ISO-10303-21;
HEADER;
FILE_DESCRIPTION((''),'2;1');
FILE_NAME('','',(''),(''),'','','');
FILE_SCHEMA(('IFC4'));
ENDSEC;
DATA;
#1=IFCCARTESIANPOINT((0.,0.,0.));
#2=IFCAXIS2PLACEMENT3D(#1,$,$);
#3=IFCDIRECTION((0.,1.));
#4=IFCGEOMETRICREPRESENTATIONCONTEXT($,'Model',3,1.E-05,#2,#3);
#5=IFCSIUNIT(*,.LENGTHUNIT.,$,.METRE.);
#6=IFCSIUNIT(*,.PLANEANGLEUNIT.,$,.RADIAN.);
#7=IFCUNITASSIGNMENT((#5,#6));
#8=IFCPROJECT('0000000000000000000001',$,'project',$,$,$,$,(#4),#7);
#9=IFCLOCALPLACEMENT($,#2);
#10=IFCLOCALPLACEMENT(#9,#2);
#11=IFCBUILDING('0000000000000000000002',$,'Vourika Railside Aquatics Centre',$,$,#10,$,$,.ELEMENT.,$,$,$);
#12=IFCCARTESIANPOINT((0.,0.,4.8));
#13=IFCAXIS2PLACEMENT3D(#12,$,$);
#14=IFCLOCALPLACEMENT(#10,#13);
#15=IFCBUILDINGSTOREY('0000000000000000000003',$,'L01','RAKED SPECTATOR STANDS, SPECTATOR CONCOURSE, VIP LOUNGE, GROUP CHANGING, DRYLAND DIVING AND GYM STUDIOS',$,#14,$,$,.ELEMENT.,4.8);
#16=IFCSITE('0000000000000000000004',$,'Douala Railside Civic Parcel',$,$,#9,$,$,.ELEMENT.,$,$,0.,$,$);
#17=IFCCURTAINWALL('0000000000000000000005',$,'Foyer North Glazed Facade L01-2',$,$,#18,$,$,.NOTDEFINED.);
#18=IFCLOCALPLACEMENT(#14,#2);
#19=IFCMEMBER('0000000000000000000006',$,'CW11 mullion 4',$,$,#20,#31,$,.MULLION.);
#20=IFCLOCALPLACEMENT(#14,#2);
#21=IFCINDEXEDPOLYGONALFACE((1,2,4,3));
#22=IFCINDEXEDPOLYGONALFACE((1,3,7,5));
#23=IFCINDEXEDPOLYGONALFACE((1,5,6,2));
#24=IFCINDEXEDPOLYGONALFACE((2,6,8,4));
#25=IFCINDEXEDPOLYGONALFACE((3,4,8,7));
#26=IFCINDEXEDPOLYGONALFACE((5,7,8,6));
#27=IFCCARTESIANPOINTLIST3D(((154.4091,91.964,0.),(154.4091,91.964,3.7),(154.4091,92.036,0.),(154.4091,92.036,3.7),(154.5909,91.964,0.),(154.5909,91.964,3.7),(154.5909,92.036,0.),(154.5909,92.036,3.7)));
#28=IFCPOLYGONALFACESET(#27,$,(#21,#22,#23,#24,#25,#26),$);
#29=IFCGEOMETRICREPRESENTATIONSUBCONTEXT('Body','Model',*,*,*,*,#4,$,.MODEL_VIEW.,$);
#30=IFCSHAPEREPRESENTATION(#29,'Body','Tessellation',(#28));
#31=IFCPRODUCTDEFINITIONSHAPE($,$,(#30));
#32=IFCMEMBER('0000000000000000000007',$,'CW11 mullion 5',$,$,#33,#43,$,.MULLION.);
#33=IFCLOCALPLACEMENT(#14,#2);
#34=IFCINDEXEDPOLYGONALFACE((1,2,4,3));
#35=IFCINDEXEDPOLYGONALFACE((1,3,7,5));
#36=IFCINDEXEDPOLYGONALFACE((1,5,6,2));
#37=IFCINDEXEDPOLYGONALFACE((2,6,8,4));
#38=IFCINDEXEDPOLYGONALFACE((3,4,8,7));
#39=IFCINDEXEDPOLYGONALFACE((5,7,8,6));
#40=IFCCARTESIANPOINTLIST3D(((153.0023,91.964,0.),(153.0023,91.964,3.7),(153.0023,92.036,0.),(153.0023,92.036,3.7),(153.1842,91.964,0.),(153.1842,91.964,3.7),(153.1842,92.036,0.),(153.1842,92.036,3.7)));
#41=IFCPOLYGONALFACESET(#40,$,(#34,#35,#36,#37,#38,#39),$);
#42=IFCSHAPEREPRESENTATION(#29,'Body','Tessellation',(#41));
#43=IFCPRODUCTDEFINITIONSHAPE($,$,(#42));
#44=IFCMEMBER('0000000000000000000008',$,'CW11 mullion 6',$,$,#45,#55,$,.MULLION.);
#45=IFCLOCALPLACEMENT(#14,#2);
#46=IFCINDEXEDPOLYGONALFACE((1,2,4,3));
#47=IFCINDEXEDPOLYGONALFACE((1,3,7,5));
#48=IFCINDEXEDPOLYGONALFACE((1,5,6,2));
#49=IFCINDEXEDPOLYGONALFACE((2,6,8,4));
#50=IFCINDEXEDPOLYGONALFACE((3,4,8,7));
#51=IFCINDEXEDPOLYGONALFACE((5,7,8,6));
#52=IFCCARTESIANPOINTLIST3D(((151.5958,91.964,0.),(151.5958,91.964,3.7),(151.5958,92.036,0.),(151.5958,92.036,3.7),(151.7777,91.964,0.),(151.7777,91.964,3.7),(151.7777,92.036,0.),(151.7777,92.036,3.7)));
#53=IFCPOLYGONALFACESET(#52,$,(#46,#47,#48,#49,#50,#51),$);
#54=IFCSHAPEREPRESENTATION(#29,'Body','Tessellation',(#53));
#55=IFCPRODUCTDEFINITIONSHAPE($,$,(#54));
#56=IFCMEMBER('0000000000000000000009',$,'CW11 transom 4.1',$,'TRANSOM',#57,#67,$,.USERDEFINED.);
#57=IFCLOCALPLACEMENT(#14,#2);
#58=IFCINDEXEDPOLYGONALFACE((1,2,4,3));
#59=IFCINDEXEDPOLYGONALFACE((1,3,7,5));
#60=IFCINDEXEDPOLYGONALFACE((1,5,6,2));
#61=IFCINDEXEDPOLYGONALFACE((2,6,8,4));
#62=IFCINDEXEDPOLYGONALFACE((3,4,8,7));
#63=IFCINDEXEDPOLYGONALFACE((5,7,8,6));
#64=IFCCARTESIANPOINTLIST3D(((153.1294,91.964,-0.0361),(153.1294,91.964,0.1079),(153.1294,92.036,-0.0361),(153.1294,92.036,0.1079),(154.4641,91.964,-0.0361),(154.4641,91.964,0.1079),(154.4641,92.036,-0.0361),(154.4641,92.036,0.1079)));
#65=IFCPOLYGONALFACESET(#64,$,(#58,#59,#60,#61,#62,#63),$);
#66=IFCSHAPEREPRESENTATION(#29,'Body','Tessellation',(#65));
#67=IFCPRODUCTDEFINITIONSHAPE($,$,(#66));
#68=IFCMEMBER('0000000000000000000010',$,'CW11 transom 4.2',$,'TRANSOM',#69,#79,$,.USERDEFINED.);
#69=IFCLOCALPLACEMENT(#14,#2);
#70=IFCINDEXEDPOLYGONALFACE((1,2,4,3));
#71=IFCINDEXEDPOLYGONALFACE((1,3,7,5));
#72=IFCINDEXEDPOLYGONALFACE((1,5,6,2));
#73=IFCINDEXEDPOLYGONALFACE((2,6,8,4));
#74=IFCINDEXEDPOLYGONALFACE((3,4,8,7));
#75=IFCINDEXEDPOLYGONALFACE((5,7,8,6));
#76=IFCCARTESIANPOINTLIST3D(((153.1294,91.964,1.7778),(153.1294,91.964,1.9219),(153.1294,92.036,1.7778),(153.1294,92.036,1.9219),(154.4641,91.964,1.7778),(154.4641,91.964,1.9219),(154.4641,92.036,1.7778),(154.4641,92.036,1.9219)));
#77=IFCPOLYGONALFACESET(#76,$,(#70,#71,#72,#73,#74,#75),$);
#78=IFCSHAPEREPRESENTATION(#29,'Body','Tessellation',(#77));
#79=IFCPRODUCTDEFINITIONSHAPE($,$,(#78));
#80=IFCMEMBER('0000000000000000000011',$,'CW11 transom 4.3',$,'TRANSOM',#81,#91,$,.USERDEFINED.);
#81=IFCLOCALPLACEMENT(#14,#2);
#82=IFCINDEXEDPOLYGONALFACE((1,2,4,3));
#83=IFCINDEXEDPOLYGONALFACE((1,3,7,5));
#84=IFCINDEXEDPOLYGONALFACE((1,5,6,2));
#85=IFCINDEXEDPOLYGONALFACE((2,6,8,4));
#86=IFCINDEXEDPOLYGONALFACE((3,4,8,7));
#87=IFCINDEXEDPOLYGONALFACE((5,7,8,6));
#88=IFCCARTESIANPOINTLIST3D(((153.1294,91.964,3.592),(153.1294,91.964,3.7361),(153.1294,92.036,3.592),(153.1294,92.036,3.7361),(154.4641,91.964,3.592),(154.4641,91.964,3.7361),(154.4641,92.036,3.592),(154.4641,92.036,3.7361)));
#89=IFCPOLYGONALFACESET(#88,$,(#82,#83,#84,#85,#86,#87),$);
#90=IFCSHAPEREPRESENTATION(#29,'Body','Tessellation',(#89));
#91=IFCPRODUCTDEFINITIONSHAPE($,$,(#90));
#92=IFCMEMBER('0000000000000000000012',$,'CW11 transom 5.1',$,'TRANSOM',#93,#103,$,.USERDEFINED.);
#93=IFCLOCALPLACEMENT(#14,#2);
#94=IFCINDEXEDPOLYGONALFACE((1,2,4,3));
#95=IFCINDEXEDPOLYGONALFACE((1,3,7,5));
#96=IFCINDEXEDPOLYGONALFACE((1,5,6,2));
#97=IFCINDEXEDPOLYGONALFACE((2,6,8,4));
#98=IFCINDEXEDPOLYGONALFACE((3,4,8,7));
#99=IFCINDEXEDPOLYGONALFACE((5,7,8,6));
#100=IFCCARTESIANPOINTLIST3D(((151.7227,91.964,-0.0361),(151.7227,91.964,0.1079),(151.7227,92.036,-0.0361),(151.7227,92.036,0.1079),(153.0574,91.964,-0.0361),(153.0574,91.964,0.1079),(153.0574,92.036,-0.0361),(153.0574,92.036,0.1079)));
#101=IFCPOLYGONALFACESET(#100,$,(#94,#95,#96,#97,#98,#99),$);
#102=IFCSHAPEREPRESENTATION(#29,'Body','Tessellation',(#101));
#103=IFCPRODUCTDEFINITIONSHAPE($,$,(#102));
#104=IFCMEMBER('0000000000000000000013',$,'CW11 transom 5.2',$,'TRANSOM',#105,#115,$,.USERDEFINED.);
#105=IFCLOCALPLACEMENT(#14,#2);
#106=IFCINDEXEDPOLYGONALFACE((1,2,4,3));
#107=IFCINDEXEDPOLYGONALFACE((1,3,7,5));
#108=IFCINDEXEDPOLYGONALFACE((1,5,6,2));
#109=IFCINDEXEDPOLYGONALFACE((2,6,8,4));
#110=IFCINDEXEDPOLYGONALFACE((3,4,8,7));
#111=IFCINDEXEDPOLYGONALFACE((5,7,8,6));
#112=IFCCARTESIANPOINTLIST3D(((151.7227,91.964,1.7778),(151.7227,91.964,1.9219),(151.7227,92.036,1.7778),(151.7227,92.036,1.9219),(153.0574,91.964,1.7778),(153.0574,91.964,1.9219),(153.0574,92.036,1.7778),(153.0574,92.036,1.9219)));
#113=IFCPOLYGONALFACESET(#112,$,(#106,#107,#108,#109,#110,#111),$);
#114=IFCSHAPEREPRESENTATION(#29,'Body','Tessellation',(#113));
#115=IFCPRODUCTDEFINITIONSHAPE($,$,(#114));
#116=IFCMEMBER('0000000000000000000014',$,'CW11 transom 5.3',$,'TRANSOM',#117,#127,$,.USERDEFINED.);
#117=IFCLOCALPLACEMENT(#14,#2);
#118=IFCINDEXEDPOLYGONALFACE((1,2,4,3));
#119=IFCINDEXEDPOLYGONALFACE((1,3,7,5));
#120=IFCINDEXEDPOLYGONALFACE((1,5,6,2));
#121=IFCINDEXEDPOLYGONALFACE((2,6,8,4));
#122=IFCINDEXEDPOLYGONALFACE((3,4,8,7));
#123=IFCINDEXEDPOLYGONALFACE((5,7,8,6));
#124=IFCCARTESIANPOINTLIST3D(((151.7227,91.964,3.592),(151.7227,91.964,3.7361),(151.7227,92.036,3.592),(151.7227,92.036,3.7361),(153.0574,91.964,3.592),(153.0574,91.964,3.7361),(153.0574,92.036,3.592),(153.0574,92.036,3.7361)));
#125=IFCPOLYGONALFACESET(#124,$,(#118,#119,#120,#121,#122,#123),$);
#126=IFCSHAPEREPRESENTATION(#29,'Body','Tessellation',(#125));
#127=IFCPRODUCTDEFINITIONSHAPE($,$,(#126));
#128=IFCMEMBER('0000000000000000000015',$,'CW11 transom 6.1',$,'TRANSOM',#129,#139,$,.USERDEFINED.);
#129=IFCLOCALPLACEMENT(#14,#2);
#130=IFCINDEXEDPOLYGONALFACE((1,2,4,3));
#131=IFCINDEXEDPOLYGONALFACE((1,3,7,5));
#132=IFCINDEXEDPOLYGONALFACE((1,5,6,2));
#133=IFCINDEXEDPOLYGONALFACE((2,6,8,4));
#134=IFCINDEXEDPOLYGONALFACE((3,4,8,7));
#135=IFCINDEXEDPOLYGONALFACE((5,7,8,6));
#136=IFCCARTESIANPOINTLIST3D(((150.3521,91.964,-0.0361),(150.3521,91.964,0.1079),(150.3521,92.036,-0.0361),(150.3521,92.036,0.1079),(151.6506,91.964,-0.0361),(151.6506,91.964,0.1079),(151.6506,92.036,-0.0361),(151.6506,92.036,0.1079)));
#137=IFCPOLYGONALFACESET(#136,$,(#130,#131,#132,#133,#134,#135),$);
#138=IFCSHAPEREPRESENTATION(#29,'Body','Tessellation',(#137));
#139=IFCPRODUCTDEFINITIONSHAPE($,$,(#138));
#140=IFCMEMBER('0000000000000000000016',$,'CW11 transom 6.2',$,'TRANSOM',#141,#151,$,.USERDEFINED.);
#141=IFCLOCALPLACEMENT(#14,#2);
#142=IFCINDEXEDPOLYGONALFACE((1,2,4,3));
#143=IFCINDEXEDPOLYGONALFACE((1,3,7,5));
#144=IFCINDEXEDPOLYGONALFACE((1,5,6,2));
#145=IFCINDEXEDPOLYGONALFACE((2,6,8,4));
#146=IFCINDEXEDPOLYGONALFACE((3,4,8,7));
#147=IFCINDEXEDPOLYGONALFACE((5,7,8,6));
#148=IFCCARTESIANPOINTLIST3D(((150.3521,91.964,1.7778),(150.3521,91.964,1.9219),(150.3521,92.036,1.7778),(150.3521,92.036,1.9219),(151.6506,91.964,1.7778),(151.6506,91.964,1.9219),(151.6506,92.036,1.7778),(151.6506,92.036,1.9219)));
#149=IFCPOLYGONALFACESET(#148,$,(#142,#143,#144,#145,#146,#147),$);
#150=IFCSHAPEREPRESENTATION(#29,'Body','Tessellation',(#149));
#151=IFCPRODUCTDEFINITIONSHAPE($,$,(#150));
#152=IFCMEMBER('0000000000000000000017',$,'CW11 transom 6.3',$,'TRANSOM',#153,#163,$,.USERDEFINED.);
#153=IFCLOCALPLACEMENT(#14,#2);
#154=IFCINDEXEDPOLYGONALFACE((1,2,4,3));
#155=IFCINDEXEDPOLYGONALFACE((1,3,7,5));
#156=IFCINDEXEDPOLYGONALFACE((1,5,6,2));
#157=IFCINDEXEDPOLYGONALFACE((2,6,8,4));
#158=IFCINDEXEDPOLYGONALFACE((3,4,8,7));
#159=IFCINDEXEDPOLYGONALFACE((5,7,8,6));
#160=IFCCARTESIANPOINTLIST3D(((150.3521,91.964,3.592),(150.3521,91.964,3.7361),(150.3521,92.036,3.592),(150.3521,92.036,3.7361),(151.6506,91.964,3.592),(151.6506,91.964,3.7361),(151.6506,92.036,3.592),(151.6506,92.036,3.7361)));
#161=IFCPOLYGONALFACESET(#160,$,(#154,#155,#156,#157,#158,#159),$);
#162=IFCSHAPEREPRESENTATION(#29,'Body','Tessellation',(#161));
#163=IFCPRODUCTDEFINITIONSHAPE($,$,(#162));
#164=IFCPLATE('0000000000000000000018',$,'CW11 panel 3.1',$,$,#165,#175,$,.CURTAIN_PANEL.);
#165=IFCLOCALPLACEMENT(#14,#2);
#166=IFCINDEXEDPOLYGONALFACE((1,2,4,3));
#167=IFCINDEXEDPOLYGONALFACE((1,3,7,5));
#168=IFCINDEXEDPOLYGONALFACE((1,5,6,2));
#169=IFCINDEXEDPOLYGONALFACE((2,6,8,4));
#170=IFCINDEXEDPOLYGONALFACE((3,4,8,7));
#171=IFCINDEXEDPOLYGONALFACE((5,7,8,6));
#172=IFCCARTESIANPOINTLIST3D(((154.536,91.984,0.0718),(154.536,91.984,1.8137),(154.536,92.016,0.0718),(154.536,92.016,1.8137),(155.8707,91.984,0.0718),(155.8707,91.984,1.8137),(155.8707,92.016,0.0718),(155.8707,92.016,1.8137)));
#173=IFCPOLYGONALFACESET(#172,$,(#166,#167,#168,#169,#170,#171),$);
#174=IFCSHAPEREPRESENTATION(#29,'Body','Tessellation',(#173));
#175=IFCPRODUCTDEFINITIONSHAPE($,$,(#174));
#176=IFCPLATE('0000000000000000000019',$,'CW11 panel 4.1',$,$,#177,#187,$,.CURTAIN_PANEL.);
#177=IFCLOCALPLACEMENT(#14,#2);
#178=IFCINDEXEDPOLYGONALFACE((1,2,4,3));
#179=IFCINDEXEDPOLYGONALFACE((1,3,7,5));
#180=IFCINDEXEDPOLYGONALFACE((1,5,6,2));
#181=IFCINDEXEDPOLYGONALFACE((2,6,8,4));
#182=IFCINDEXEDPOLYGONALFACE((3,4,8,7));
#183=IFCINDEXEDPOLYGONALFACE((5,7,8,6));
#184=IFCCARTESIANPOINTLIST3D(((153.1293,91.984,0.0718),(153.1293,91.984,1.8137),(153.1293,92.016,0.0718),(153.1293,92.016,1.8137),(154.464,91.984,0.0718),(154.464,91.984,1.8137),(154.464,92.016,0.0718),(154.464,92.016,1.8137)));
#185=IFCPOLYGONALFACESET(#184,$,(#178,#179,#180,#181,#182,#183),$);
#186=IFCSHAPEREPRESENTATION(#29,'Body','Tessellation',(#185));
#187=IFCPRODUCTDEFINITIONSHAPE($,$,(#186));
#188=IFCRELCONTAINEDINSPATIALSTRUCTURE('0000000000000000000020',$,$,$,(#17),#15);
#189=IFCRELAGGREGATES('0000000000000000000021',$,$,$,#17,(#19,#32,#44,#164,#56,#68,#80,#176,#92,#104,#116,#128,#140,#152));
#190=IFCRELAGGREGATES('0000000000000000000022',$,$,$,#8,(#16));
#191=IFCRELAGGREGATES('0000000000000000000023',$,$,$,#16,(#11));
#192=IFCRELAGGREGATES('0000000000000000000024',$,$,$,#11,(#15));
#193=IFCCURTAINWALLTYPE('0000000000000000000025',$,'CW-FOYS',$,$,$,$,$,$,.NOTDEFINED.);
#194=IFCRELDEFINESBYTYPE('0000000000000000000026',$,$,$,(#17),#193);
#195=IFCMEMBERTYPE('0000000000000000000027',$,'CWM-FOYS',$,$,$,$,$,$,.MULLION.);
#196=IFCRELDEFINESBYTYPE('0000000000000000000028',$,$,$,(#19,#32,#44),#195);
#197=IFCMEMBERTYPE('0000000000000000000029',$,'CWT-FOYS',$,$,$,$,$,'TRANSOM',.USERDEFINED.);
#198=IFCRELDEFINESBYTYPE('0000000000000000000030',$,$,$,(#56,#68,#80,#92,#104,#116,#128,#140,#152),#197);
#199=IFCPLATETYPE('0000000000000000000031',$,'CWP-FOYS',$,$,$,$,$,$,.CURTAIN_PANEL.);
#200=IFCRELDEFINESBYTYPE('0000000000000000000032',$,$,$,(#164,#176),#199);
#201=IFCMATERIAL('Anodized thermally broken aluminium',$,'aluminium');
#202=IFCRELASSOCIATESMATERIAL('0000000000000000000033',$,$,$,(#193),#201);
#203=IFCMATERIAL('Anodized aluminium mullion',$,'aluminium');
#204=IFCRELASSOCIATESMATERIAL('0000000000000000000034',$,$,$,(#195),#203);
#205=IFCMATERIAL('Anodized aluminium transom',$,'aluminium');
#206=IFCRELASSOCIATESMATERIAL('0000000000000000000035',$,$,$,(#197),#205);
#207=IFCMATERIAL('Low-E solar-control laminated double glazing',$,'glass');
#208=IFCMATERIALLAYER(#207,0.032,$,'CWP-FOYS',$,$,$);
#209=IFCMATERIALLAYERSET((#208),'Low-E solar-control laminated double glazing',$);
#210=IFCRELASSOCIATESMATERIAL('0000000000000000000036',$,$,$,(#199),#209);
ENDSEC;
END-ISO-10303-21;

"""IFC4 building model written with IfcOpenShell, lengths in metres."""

from ifc_helpers import new_model, si_unit, direction, frame, origin, origin_2d, place, context, subcontext, project, spatial, rectangle, extrude, material, layer, layer_set, material_profile, profile_set, type_object, element, aggregate, save


model = new_model("IFC4")

# Units and contexts
model_context = context("Model", 3, precision=1e-05, world=origin(), true_north=direction((0.0, 1.0)))
body_context = subcontext(model_context, "Body", "Model", "MODEL_VIEW")
ifc_project = project(units=[si_unit("LENGTHUNIT", "METRE"), si_unit("PLANEANGLEUNIT", "RADIAN")], contexts=[model_context])

# Site, building, storey
site_placement = place(None, origin())
site = spatial("IfcSite", under=ifc_project, at=site_placement, Name="Douala Railside Civic Parcel", CompositionType="ELEMENT", RefElevation=0.0)
building_placement = place(site_placement, origin())
building = spatial("IfcBuilding", under=site, at=building_placement, Name="Vourika Railside Aquatics Centre", CompositionType="ELEMENT")
storey_placement = place(building_placement, frame((0.0, 0.0, 4.8)))
storey = spatial("IfcBuildingStorey", under=building, at=storey_placement, Name="L01", Description="RAKED SPECTATOR STANDS, SPECTATOR CONCOURSE, VIP LOUNGE, GROUP CHANGING, DRYLAND DIVING AND GYM STUDIOS", CompositionType="ELEMENT", Elevation=4.8)

# Curtain wall, members, plates
ifc_material_1 = material(Name="Anodized thermally broken aluminium", Category="aluminium")
curtain_wall_type = type_object("IfcCurtainWallType", Name="CW-FOYS", PredefinedType="NOTDEFINED", material=ifc_material_1)
curtain_wall_placement = place(storey_placement, origin())
curtain_wall = element("IfcCurtainWall", 1, at=curtain_wall_placement, inside=storey, type_object=curtain_wall_type, Name="Foyer North Glazed Facade L01-2", PredefinedType="NOTDEFINED")
ifc_material_2 = material(Name="Anodized aluminium mullion", Category="aluminium")
ifc_material_profile_1 = material_profile(ifc_material_2, rectangle(XDim=0.072, YDim=0.1819, at=origin_2d()), Name="ALU-M 72x182")
ifc_profile_set_1 = profile_set([ifc_material_profile_1], Name="Anodized aluminium mullion")
member_type_1 = type_object("IfcMemberType", Name="CWM-FOYS", PredefinedType="MULLION", material=ifc_profile_set_1)
member_1_placement = place(storey_placement, frame((154.5, 92.0, 0.0), z_axis=(0.0, 0.0, 1.0), x_axis=(0.0, -1.0, 0.0)))
member_1 = element("IfcMember", 2, at=member_1_placement, type_object=member_type_1, Name="CW11 mullion 4", PredefinedType="MULLION", context=body_context, shape_type="SweptSolid", body=[
    extrude(rectangle(XDim=0.072, YDim=0.1819, at=origin_2d()), origin(), (0.0, 0.0, 1.0), 3.7),
])
member_2_placement = place(storey_placement, frame((153.0933, 92.0, 0.0), z_axis=(0.0, 0.0, 1.0), x_axis=(0.0, -1.0, 0.0)))
member_2 = element("IfcMember", 3, at=member_2_placement, type_object=member_type_1, Name="CW11 mullion 5", PredefinedType="MULLION", context=body_context, shape_type="SweptSolid", body=[
    extrude(rectangle(XDim=0.072, YDim=0.1819, at=origin_2d()), origin(), (0.0, 0.0, 1.0), 3.7),
])
member_3_placement = place(storey_placement, frame((151.6868, 92.0, 0.0), z_axis=(0.0, 0.0, 1.0), x_axis=(0.0, -1.0, 0.0)))
member_3 = element("IfcMember", 4, at=member_3_placement, type_object=member_type_1, Name="CW11 mullion 6", PredefinedType="MULLION", context=body_context, shape_type="SweptSolid", body=[
    extrude(rectangle(XDim=0.072, YDim=0.1819, at=origin_2d()), origin(), (0.0, 0.0, 1.0), 3.7),
])
ifc_material_3 = material(Name="Anodized aluminium transom", Category="aluminium")
ifc_material_profile_2 = material_profile(ifc_material_3, rectangle(XDim=0.072, YDim=0.144, at=origin_2d()), Name="ALU-T 72x144")
ifc_profile_set_2 = profile_set([ifc_material_profile_2], Name="Anodized aluminium transom")
member_type_2 = type_object("IfcMemberType", Name="CWT-FOYS", ElementType="TRANSOM", PredefinedType="USERDEFINED", material=ifc_profile_set_2)
member_4_placement = place(storey_placement, frame((154.4641, 92.0, 0.0359), z_axis=(-1.0, 0.0, 0.0), x_axis=(0.0, -1.0, 0.0)))
member_4 = element("IfcMember", 5, at=member_4_placement, type_object=member_type_2, Name="CW11 transom 4.1", ObjectType="TRANSOM", PredefinedType="USERDEFINED", context=body_context, shape_type="SweptSolid", body=[
    extrude(rectangle(XDim=0.072, YDim=0.144, at=origin_2d()), origin(), (0.0, 0.0, 1.0), 1.3347),
])
member_5_placement = place(storey_placement, frame((154.4641, 92.0, 1.8499), z_axis=(-1.0, 0.0, 0.0), x_axis=(0.0, -1.0, 0.0)))
member_5 = element("IfcMember", 6, at=member_5_placement, type_object=member_type_2, Name="CW11 transom 4.2", ObjectType="TRANSOM", PredefinedType="USERDEFINED", context=body_context, shape_type="SweptSolid", body=[
    extrude(rectangle(XDim=0.072, YDim=0.144, at=origin_2d()), origin(), (0.0, 0.0, 1.0), 1.3347),
])
member_6_placement = place(storey_placement, frame((154.4641, 92.0, 3.6641), z_axis=(-1.0, 0.0, 0.0), x_axis=(0.0, -1.0, 0.0)))
member_6 = element("IfcMember", 7, at=member_6_placement, type_object=member_type_2, Name="CW11 transom 4.3", ObjectType="TRANSOM", PredefinedType="USERDEFINED", context=body_context, shape_type="SweptSolid", body=[
    extrude(rectangle(XDim=0.072, YDim=0.144, at=origin_2d()), origin(), (0.0, 0.0, 1.0), 1.3347),
])
member_7_placement = place(storey_placement, frame((153.0574, 92.0, 0.0359), z_axis=(-1.0, 0.0, 0.0), x_axis=(0.0, -1.0, 0.0)))
member_7 = element("IfcMember", 8, at=member_7_placement, type_object=member_type_2, Name="CW11 transom 5.1", ObjectType="TRANSOM", PredefinedType="USERDEFINED", context=body_context, shape_type="SweptSolid", body=[
    extrude(rectangle(XDim=0.072, YDim=0.144, at=origin_2d()), origin(), (0.0, 0.0, 1.0), 1.3347),
])
member_8_placement = place(storey_placement, frame((153.0574, 92.0, 1.8499), z_axis=(-1.0, 0.0, 0.0), x_axis=(0.0, -1.0, 0.0)))
member_8 = element("IfcMember", 9, at=member_8_placement, type_object=member_type_2, Name="CW11 transom 5.2", ObjectType="TRANSOM", PredefinedType="USERDEFINED", context=body_context, shape_type="SweptSolid", body=[
    extrude(rectangle(XDim=0.072, YDim=0.144, at=origin_2d()), origin(), (0.0, 0.0, 1.0), 1.3347),
])
member_9_placement = place(storey_placement, frame((153.0574, 92.0, 3.6641), z_axis=(-1.0, 0.0, 0.0), x_axis=(0.0, -1.0, 0.0)))
member_9 = element("IfcMember", 10, at=member_9_placement, type_object=member_type_2, Name="CW11 transom 5.3", ObjectType="TRANSOM", PredefinedType="USERDEFINED", context=body_context, shape_type="SweptSolid", body=[
    extrude(rectangle(XDim=0.072, YDim=0.144, at=origin_2d()), origin(), (0.0, 0.0, 1.0), 1.3347),
])
member_10_placement = place(storey_placement, frame((151.6506, 92.0, 0.0359), z_axis=(-1.0, 0.0, 0.0), x_axis=(0.0, -1.0, 0.0)))
member_10 = element("IfcMember", 11, at=member_10_placement, type_object=member_type_2, Name="CW11 transom 6.1", ObjectType="TRANSOM", PredefinedType="USERDEFINED", context=body_context, shape_type="SweptSolid", body=[
    extrude(rectangle(XDim=0.072, YDim=0.144, at=origin_2d()), origin(), (0.0, 0.0, 1.0), 1.2986),
])
member_11_placement = place(storey_placement, frame((151.6506, 92.0, 1.8499), z_axis=(-1.0, 0.0, 0.0), x_axis=(0.0, -1.0, 0.0)))
member_11 = element("IfcMember", 12, at=member_11_placement, type_object=member_type_2, Name="CW11 transom 6.2", ObjectType="TRANSOM", PredefinedType="USERDEFINED", context=body_context, shape_type="SweptSolid", body=[
    extrude(rectangle(XDim=0.072, YDim=0.144, at=origin_2d()), origin(), (0.0, 0.0, 1.0), 1.2986),
])
member_12_placement = place(storey_placement, frame((151.6506, 92.0, 3.6641), z_axis=(-1.0, 0.0, 0.0), x_axis=(0.0, -1.0, 0.0)))
member_12 = element("IfcMember", 13, at=member_12_placement, type_object=member_type_2, Name="CW11 transom 6.3", ObjectType="TRANSOM", PredefinedType="USERDEFINED", context=body_context, shape_type="SweptSolid", body=[
    extrude(rectangle(XDim=0.072, YDim=0.144, at=origin_2d()), origin(), (0.0, 0.0, 1.0), 1.2986),
])
ifc_material_4 = material(Name="Low-E solar-control laminated double glazing", Category="glass")
ifc_layer_1 = layer(ifc_material_4, 0.032, Name="CWP-FOYS")
ifc_layer_set_1 = layer_set([ifc_layer_1], Name="Low-E solar-control laminated double glazing")
plate_type = type_object("IfcPlateType", Name="CWP-FOYS", PredefinedType="CURTAIN_PANEL", material=ifc_layer_set_1)
plate_1_placement = place(storey_placement, frame((155.2034, 92.0, 0.0718), z_axis=(0.0, 0.0, 1.0), x_axis=(-1.0, 0.0, 0.0)))
plate_1 = element("IfcPlate", 14, at=plate_1_placement, type_object=plate_type, Name="CW11 panel 3.1", PredefinedType="CURTAIN_PANEL", context=body_context, shape_type="SweptSolid", body=[
    extrude(rectangle(XDim=1.3347, YDim=0.032, at=origin_2d()), origin(), (0.0, 0.0, 1.0), 1.7419),
])
plate_2_placement = place(storey_placement, frame((153.7966, 92.0, 0.0718), z_axis=(0.0, 0.0, 1.0), x_axis=(-1.0, 0.0, 0.0)))
plate_2 = element("IfcPlate", 15, at=plate_2_placement, type_object=plate_type, Name="CW11 panel 4.1", PredefinedType="CURTAIN_PANEL", context=body_context, shape_type="SweptSolid", body=[
    extrude(rectangle(XDim=1.3347, YDim=0.032, at=origin_2d()), origin(), (0.0, 0.0, 1.0), 1.7419),
])
aggregate(curtain_wall, [member_1, member_2, member_3, plate_1, member_4, member_5, member_6, plate_2, member_7, member_8, member_9, member_10, member_11, member_12])

save(model, "model.ifc")
